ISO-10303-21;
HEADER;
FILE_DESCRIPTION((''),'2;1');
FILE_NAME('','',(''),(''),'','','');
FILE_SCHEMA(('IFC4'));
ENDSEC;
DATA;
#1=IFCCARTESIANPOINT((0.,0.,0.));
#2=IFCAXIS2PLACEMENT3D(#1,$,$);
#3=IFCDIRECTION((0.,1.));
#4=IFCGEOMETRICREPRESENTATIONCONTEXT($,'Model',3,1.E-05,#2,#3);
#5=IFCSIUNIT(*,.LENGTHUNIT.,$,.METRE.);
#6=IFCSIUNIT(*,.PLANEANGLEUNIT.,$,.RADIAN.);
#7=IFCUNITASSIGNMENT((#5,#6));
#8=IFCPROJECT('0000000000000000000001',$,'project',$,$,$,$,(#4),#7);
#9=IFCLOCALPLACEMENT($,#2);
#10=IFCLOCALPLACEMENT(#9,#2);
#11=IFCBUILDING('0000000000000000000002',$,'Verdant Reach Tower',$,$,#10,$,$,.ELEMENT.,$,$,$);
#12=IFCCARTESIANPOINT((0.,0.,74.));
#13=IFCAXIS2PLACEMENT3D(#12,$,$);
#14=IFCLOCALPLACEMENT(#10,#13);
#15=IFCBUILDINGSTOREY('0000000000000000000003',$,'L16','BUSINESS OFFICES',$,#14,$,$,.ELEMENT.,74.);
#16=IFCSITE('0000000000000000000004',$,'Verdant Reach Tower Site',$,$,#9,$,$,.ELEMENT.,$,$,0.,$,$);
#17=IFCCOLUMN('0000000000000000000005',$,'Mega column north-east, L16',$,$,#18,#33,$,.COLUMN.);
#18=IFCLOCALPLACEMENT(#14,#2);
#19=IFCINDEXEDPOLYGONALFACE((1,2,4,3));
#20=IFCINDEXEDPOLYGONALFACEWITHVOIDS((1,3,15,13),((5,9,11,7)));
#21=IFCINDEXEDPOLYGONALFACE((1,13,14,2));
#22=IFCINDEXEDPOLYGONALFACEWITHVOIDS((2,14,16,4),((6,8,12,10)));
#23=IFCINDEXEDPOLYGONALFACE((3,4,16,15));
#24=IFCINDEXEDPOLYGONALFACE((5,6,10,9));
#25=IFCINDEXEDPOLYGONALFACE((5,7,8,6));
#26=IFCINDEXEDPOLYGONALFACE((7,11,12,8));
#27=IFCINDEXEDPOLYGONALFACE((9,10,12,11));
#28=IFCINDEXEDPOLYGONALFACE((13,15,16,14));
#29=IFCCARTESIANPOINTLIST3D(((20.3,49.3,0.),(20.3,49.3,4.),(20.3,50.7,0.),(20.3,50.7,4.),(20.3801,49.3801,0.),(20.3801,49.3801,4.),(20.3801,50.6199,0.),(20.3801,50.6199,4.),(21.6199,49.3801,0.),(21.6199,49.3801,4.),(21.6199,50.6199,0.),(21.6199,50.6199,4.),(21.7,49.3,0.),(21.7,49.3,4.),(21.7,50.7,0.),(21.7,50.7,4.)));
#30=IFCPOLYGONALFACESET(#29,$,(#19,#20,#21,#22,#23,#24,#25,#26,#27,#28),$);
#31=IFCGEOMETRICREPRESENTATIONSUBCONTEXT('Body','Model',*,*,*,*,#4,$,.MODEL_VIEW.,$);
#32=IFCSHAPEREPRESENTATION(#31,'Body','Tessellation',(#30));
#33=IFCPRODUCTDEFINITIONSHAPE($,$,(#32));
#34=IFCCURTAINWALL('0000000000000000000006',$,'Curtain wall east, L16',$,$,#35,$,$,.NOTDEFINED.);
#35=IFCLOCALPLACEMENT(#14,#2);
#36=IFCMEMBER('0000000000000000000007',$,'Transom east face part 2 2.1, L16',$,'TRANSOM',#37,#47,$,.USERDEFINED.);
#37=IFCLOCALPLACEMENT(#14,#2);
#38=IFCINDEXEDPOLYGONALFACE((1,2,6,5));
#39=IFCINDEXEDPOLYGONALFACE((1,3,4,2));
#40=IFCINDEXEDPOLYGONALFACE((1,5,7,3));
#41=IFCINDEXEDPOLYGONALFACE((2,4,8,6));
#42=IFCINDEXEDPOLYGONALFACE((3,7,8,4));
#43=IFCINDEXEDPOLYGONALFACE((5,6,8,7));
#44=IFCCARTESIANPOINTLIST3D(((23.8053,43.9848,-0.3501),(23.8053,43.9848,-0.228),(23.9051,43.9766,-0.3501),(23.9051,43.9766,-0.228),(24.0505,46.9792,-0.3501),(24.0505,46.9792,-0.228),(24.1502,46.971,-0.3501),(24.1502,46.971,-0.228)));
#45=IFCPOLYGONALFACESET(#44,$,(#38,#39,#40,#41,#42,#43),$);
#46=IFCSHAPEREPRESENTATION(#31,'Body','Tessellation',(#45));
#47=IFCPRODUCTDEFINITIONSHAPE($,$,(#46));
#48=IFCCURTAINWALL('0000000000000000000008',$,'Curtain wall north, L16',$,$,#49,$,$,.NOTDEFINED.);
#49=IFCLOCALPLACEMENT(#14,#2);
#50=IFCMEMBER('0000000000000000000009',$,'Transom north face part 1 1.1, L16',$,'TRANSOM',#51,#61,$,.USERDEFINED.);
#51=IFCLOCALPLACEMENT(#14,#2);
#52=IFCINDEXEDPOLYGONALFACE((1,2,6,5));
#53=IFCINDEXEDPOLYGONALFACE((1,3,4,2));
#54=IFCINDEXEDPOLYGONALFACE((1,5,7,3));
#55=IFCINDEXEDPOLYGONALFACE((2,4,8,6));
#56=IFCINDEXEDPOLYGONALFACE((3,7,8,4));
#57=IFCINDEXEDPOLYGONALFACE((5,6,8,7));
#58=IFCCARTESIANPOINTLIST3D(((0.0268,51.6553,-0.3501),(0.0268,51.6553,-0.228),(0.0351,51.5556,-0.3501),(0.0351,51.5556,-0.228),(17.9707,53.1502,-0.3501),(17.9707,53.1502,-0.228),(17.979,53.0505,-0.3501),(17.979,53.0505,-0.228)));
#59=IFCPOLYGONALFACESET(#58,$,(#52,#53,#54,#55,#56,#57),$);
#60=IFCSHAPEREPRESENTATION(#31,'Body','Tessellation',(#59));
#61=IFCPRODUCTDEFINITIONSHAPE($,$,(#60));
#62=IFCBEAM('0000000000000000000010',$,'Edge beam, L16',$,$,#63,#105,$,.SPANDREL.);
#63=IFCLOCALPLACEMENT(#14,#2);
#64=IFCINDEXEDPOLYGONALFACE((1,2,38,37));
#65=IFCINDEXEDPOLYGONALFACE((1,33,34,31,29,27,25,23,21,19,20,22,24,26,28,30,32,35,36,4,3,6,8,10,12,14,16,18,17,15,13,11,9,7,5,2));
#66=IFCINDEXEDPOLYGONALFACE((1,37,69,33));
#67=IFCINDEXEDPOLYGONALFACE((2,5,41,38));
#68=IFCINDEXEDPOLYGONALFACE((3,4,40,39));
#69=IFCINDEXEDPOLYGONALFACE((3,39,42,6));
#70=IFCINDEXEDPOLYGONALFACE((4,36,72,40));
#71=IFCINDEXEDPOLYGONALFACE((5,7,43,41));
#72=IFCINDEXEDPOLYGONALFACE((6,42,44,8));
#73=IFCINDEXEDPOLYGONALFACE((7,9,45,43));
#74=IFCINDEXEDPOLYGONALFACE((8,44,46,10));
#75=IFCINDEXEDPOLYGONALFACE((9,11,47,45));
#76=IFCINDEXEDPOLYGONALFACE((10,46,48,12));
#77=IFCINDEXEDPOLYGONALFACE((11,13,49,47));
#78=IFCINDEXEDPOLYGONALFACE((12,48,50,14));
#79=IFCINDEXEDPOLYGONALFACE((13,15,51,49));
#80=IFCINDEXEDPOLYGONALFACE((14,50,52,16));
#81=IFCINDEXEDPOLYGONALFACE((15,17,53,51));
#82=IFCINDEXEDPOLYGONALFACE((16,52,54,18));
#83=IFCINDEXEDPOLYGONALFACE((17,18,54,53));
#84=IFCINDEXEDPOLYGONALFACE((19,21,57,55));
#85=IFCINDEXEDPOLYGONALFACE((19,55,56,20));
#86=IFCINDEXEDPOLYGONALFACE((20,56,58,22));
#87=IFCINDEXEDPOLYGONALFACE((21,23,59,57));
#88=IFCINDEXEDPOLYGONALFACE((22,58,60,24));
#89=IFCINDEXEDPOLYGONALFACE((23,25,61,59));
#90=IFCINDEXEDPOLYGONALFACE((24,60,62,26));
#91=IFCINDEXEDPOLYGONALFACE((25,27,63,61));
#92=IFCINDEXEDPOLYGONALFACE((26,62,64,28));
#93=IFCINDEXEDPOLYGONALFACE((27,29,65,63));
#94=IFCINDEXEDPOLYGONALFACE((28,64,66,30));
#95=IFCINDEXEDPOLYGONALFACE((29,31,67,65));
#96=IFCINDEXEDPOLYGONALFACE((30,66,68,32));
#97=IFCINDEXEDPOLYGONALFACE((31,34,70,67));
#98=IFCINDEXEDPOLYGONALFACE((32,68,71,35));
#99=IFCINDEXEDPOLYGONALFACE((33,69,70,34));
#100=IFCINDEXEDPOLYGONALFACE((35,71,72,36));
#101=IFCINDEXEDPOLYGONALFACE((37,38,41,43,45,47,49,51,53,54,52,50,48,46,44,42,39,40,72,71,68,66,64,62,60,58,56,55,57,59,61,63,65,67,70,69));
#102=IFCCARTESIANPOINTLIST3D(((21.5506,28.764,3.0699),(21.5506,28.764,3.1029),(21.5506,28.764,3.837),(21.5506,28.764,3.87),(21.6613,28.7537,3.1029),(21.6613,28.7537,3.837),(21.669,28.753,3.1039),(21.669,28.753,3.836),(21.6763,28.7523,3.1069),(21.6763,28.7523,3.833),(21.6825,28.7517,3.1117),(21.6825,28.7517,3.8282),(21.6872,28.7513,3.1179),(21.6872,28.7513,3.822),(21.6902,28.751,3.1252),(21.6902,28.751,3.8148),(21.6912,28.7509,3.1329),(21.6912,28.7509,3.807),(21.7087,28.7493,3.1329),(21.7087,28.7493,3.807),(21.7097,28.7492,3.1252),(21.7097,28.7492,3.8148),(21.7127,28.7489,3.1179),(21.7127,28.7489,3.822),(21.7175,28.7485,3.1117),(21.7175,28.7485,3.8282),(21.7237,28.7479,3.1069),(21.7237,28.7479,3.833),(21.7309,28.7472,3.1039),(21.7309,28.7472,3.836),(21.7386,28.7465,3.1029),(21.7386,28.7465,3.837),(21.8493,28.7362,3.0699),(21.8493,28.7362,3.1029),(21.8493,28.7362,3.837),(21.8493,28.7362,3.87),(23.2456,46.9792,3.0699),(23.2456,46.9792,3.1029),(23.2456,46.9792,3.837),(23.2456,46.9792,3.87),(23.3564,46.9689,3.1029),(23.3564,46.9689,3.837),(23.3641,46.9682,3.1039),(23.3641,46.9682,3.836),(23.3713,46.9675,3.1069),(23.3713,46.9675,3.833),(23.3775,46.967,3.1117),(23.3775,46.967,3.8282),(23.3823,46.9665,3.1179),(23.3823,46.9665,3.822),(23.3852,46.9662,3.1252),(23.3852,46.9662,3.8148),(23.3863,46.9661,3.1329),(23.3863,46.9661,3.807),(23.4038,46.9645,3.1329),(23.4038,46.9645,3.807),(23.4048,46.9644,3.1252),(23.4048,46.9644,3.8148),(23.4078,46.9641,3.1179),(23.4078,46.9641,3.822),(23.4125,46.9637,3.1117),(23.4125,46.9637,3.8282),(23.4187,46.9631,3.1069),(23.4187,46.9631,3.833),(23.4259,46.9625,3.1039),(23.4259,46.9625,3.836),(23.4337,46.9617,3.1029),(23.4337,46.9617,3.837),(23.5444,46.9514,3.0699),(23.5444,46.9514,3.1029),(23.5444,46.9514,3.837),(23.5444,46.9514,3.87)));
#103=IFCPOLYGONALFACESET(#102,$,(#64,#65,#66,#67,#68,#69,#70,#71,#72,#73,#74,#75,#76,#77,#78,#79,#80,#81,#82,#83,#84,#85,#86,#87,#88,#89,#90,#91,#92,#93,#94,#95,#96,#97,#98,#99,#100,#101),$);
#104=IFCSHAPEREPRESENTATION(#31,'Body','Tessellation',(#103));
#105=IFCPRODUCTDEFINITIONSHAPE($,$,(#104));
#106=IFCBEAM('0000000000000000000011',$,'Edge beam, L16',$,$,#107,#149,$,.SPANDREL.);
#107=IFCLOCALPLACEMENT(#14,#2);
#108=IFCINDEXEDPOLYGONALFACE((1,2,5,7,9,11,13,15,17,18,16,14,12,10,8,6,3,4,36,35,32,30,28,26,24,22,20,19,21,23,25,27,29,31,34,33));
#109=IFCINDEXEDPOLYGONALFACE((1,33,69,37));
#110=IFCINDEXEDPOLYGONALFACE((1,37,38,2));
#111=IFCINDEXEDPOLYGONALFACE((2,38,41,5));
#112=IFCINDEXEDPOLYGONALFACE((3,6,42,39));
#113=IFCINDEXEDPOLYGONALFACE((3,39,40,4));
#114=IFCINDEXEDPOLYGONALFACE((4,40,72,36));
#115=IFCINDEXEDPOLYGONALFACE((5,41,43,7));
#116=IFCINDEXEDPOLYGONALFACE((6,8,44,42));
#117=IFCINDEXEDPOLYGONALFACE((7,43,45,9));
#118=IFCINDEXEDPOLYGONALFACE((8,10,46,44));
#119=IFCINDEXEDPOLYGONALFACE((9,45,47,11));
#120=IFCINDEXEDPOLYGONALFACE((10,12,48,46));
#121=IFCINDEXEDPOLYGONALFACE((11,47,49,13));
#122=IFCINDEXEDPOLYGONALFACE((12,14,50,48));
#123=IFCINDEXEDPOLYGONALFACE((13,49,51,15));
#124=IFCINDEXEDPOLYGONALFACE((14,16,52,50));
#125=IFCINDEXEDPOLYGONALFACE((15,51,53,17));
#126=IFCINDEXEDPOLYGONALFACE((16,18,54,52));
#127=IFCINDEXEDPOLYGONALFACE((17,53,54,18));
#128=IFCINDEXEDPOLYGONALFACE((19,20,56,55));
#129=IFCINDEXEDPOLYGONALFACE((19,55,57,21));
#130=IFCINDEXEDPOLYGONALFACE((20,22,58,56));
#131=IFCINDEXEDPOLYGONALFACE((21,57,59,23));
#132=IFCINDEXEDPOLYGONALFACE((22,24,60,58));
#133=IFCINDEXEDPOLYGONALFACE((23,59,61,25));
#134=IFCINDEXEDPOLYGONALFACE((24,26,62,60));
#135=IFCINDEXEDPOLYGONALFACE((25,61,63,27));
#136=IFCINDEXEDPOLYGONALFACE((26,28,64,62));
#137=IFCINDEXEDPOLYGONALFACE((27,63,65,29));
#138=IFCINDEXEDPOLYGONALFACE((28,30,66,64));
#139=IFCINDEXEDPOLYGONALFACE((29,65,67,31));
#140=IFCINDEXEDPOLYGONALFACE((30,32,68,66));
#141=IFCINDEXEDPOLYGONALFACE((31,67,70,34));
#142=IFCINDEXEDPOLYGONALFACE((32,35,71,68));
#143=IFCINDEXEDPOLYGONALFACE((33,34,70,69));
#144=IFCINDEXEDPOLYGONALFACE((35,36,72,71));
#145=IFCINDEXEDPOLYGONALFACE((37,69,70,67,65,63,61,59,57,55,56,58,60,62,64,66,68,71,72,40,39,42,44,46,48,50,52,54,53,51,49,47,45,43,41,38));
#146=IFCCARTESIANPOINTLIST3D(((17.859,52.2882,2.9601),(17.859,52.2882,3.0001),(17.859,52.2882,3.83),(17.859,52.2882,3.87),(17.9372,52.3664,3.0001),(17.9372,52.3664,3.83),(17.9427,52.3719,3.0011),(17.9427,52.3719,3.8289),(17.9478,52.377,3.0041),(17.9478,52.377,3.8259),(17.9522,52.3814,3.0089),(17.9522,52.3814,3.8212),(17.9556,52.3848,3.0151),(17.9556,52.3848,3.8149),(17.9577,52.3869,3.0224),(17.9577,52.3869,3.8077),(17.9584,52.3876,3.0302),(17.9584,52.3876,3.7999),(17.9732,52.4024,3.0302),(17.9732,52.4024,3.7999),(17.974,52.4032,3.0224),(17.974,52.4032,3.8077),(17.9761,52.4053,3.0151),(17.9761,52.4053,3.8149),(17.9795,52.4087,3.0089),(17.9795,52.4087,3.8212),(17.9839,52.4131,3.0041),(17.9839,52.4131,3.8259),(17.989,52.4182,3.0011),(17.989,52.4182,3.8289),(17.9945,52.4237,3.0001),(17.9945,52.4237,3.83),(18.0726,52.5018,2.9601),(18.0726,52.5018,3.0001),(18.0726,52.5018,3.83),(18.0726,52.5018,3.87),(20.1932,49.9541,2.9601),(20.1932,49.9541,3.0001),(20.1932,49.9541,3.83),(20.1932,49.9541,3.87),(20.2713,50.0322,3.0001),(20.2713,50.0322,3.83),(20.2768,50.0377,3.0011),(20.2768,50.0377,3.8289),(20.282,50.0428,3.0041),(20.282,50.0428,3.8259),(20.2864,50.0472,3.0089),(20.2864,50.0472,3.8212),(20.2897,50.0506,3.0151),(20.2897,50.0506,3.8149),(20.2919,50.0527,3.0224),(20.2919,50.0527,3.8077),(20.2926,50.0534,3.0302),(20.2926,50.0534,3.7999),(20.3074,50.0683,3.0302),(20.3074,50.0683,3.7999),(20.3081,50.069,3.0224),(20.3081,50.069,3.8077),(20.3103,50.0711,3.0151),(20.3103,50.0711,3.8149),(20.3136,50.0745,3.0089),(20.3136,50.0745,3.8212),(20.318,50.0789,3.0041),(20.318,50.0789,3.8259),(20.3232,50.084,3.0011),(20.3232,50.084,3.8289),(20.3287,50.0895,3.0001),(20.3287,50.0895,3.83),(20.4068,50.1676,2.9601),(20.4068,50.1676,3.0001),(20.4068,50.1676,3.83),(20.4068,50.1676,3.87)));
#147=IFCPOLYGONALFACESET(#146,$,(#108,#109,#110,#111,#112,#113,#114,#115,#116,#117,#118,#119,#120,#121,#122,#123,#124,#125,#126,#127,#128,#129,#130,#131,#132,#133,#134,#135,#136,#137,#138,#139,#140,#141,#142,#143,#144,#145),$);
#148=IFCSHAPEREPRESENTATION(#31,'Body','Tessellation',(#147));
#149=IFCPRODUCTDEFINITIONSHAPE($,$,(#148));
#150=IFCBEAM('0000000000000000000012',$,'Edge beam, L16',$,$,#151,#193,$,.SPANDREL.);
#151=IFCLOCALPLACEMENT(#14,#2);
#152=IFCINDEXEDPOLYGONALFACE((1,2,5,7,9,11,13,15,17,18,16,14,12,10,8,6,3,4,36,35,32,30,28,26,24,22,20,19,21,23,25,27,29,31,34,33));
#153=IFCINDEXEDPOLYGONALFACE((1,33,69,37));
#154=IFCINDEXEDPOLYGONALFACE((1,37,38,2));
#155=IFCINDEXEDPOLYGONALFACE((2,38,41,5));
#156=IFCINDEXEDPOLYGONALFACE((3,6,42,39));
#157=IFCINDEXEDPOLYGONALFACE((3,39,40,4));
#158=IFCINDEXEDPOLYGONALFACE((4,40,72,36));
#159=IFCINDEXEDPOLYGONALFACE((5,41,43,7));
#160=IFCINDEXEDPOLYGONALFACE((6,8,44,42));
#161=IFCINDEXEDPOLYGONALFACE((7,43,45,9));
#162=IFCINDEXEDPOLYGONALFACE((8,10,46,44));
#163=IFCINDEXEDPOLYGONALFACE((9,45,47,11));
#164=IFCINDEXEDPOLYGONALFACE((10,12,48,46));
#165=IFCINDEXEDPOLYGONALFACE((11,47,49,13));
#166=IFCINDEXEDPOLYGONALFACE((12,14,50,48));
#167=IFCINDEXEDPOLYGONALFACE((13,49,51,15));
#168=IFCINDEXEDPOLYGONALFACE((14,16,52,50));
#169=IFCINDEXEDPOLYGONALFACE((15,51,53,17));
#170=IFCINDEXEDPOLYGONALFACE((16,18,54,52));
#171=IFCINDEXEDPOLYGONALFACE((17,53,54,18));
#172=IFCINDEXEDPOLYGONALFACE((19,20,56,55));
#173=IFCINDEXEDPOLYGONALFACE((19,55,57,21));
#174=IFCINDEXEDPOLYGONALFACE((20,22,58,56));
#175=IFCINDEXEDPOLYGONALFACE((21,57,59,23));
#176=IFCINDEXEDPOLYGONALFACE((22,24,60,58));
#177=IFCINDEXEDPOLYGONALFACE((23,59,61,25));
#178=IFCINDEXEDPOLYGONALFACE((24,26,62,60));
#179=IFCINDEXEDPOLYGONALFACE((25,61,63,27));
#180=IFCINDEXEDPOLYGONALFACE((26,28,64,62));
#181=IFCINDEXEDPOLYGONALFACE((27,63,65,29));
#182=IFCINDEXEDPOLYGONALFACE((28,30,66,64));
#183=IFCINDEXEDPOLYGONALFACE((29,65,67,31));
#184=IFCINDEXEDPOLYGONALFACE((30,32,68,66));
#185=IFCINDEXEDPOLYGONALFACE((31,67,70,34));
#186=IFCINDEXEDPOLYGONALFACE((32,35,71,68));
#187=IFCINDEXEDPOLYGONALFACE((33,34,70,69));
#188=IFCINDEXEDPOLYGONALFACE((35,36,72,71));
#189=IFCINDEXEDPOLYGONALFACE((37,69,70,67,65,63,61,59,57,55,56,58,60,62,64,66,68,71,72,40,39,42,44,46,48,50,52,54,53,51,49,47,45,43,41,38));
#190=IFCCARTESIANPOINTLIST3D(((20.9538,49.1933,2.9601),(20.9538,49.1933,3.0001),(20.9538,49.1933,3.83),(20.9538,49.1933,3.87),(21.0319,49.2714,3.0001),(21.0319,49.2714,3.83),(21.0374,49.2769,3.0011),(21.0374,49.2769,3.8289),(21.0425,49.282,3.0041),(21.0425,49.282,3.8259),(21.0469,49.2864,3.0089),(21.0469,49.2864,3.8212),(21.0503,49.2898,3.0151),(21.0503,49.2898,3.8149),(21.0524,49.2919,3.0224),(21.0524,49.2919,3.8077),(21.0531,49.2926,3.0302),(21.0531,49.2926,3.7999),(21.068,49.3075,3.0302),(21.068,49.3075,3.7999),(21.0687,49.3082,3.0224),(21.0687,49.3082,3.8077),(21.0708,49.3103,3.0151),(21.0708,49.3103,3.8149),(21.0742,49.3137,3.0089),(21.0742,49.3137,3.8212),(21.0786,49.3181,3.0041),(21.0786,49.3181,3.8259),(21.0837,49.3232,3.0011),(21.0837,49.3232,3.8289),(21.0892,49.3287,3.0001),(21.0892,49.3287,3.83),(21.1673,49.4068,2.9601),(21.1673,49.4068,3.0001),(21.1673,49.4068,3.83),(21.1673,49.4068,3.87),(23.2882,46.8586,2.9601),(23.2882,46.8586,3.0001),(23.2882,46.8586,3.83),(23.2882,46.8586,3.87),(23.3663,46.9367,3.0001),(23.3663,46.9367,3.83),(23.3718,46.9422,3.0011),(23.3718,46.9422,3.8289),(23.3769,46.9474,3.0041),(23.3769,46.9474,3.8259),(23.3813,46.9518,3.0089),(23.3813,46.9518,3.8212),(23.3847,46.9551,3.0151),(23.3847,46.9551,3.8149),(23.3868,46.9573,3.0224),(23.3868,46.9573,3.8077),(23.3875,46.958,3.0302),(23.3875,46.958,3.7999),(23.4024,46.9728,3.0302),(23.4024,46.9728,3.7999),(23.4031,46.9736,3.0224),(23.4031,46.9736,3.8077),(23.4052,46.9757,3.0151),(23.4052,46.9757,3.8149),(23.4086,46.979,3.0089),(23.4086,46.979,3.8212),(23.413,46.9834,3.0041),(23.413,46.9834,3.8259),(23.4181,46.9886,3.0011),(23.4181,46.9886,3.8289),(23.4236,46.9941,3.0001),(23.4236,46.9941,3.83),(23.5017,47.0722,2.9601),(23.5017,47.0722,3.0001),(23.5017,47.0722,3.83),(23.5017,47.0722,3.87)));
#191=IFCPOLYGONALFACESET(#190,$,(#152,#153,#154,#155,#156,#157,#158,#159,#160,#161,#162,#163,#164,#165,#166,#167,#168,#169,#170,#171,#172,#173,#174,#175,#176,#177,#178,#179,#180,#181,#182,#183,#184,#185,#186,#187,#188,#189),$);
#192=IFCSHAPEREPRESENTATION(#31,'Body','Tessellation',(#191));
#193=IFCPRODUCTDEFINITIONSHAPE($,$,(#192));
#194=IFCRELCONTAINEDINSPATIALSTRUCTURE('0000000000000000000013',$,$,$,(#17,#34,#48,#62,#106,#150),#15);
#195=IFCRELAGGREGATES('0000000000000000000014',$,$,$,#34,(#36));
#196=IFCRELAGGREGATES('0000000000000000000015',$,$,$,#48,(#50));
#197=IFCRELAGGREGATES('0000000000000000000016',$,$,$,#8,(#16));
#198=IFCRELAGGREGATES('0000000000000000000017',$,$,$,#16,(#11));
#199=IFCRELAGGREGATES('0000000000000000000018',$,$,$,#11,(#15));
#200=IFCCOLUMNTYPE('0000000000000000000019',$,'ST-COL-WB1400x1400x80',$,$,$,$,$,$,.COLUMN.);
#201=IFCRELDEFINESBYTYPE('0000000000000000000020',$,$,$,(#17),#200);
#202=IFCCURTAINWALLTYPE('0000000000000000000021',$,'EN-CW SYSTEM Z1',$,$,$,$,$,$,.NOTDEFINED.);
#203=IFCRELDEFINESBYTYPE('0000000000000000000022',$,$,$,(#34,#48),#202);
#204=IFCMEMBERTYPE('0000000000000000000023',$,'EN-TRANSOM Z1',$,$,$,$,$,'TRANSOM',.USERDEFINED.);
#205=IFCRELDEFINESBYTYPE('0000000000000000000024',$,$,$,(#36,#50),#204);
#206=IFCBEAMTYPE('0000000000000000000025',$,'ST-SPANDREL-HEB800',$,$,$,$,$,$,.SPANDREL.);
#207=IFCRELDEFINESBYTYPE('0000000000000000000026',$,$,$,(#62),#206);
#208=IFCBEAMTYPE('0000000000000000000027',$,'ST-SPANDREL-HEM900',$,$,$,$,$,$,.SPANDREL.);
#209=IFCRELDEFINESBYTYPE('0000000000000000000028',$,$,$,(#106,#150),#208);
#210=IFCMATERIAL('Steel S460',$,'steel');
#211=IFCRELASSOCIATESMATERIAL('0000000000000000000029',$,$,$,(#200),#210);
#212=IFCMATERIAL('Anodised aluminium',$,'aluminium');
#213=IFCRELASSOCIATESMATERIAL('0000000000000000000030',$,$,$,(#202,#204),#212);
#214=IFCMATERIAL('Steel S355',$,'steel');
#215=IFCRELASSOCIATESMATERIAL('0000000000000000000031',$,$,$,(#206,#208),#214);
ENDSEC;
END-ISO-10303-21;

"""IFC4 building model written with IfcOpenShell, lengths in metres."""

from ifc_helpers import new_model, si_unit, direction, frame, origin, origin_2d, place, context, subcontext, project, spatial, rectangle, hollow_rectangle, i_section, extrude, material, material_profile, profile_set, type_object, element, aggregate, save


model = new_model("IFC4")

# Units and contexts
model_context = context("Model", 3, precision=1e-05, world=origin(), true_north=direction((0.0, 1.0)))
body_context = subcontext(model_context, "Body", "Model", "MODEL_VIEW")
ifc_project = project(units=[si_unit("LENGTHUNIT", "METRE"), si_unit("PLANEANGLEUNIT", "RADIAN")], contexts=[model_context])

# Site, building, storey
site_placement = place(None, origin())
site = spatial("IfcSite", under=ifc_project, at=site_placement, Name="Verdant Reach Tower Site", CompositionType="ELEMENT", RefElevation=0.0)
building_placement = place(site_placement, origin())
building = spatial("IfcBuilding", under=site, at=building_placement, Name="Verdant Reach Tower", CompositionType="ELEMENT")
storey_placement = place(building_placement, frame((0.0, 0.0, 74.0)))
storey = spatial("IfcBuildingStorey", under=building, at=storey_placement, Name="L16", Description="BUSINESS OFFICES", CompositionType="ELEMENT", Elevation=74.0)

# Column
ifc_material_1 = material(Name="Steel S460", Category="steel")
ifc_material_profile_1 = material_profile(ifc_material_1, hollow_rectangle(XDim=1.3999, YDim=1.3999, WallThickness=0.0801, at=origin_2d()), Name="WB 1400x1400x80")
ifc_profile_set_1 = profile_set([ifc_material_profile_1], Name="Steel S460")
column_type = type_object("IfcColumnType", Name="ST-COL-WB1400x1400x80", PredefinedType="COLUMN", material=ifc_profile_set_1)
column_placement = place(storey_placement, frame((21.0, 50.0, 0.0), z_axis=(0.0, 0.0, 1.0), x_axis=(1.0, 0.0, 0.0)))
element("IfcColumn", 1, at=column_placement, inside=storey, type_object=column_type, Name="Mega column north-east, L16", PredefinedType="COLUMN", context=body_context, shape_type="SweptSolid", body=[
    extrude(hollow_rectangle(XDim=1.3999, YDim=1.3999, WallThickness=0.0801, at=origin_2d()), origin(), (0.0, 0.0, 1.0), 4.0),
])

# Curtain walls, members
ifc_material_2 = material(Name="Anodised aluminium", Category="aluminium")
curtain_wall_type = type_object("IfcCurtainWallType", Name="EN-CW SYSTEM Z1", PredefinedType="NOTDEFINED", material=ifc_material_2)
curtain_wall_1_placement = place(storey_placement, origin())
curtain_wall_1 = element("IfcCurtainWall", 2, at=curtain_wall_1_placement, inside=storey, type_object=curtain_wall_type, Name="Curtain wall east, L16", PredefinedType="NOTDEFINED")
ifc_material_profile_2 = material_profile(ifc_material_2, rectangle(XDim=0.1001, YDim=0.1221, at=origin_2d()), Name="Transom 122x100")
ifc_profile_set_2 = profile_set([ifc_material_profile_2], Name="Anodised aluminium")
member_type = type_object("IfcMemberType", Name="EN-TRANSOM Z1", ElementType="TRANSOM", PredefinedType="USERDEFINED", material=ifc_profile_set_2)
member_1_placement = place(storey_placement, frame((23.8552, 43.9807, -0.2891), z_axis=(0.081586, 0.996666, 0.0), x_axis=(-0.996666, 0.081586, 0.0)))
member_1 = element("IfcMember", 3, at=member_1_placement, type_object=member_type, Name="Transom east face part 2 2.1, L16", ObjectType="TRANSOM", PredefinedType="USERDEFINED", context=body_context, shape_type="SweptSolid", body=[
    extrude(rectangle(XDim=0.1001, YDim=0.1221, at=origin_2d()), origin(), (0.0, 0.0, 1.0), 3.0044),
])
curtain_wall_2_placement = place(storey_placement, origin())
curtain_wall_2 = element("IfcCurtainWall", 4, at=curtain_wall_2_placement, inside=storey, type_object=curtain_wall_type, Name="Curtain wall north, L16", PredefinedType="NOTDEFINED")
member_2_placement = place(storey_placement, frame((17.9749, 53.1003, -0.2891), z_axis=(-0.996548, -0.083021, 0.0), x_axis=(0.083021, -0.996548, 0.0)))
member_2 = element("IfcMember", 5, at=member_2_placement, type_object=member_type, Name="Transom north face part 1 1.1, L16", ObjectType="TRANSOM", PredefinedType="USERDEFINED", context=body_context, shape_type="SweptSolid", body=[
    extrude(rectangle(XDim=0.1001, YDim=0.1221, at=origin_2d()), origin(), (0.0, 0.0, 1.0), 18.0061),
])

# Beams
ifc_material_3 = material(Name="Steel S355", Category="steel")
ifc_material_profile_3 = material_profile(ifc_material_3, i_section(OverallWidth=0.3, OverallDepth=0.8, WebThickness=0.0176, FlangeThickness=0.033, FilletRadius=0.03, at=origin_2d()), Name="HEB 800")
ifc_profile_set_3 = profile_set([ifc_material_profile_3], Name="Steel S355")
beam_type_1 = type_object("IfcBeamType", Name="ST-SPANDREL-HEB800", PredefinedType="SPANDREL", material=ifc_profile_set_3)
beam_1_placement = place(storey_placement, frame((23.395, 46.9653, 3.47), z_axis=(-0.092657, -0.995698, 0.0), x_axis=(0.995698, -0.092657, 0.0)))
element("IfcBeam", 6, at=beam_1_placement, inside=storey, type_object=beam_type_1, Name="Edge beam, L16", PredefinedType="SPANDREL", context=body_context, shape_type="SweptSolid", body=[
    extrude(i_section(OverallWidth=0.3, OverallDepth=0.8, WebThickness=0.0176, FlangeThickness=0.033, FilletRadius=0.03, at=origin_2d()), origin(), (0.0, 0.0, 1.0), 18.2939),
])
ifc_material_profile_4 = material_profile(ifc_material_3, i_section(OverallWidth=0.302, OverallDepth=0.9099, WebThickness=0.021, FlangeThickness=0.04, FilletRadius=0.03, at=origin_2d()), Name="HEM 900")
ifc_profile_set_4 = profile_set([ifc_material_profile_4], Name="Steel S355")
beam_type_2 = type_object("IfcBeamType", Name="ST-SPANDREL-HEM900", PredefinedType="SPANDREL", material=ifc_profile_set_4)
beam_2_placement = place(storey_placement, frame((17.9658, 52.395, 3.415), z_axis=(0.707107, -0.707107, 0.0), x_axis=(0.707107, 0.707107, 0.0)))
element("IfcBeam", 7, at=beam_2_placement, inside=storey, type_object=beam_type_2, Name="Edge beam, L16", PredefinedType="SPANDREL", context=body_context, shape_type="SweptSolid", body=[
    extrude(i_section(OverallWidth=0.302, OverallDepth=0.9099, WebThickness=0.021, FlangeThickness=0.04, FilletRadius=0.03, at=origin_2d()), origin(), (0.0, 0.0, 1.0), 3.301),
])
beam_3_placement = place(storey_placement, frame((21.0605, 49.3, 3.415), z_axis=(0.70707, -0.707144, 0.0), x_axis=(0.707144, 0.70707, 0.0)))
element("IfcBeam", 8, at=beam_3_placement, inside=storey, type_object=beam_type_2, Name="Edge beam, L16", PredefinedType="SPANDREL", context=body_context, shape_type="SweptSolid", body=[
    extrude(i_section(OverallWidth=0.302, OverallDepth=0.9099, WebThickness=0.021, FlangeThickness=0.04, FilletRadius=0.03, at=origin_2d()), origin(), (0.0, 0.0, 1.0), 3.3015),
])

aggregate(curtain_wall_1, [member_1])
aggregate(curtain_wall_2, [member_2])

save(model, "model.ifc")
